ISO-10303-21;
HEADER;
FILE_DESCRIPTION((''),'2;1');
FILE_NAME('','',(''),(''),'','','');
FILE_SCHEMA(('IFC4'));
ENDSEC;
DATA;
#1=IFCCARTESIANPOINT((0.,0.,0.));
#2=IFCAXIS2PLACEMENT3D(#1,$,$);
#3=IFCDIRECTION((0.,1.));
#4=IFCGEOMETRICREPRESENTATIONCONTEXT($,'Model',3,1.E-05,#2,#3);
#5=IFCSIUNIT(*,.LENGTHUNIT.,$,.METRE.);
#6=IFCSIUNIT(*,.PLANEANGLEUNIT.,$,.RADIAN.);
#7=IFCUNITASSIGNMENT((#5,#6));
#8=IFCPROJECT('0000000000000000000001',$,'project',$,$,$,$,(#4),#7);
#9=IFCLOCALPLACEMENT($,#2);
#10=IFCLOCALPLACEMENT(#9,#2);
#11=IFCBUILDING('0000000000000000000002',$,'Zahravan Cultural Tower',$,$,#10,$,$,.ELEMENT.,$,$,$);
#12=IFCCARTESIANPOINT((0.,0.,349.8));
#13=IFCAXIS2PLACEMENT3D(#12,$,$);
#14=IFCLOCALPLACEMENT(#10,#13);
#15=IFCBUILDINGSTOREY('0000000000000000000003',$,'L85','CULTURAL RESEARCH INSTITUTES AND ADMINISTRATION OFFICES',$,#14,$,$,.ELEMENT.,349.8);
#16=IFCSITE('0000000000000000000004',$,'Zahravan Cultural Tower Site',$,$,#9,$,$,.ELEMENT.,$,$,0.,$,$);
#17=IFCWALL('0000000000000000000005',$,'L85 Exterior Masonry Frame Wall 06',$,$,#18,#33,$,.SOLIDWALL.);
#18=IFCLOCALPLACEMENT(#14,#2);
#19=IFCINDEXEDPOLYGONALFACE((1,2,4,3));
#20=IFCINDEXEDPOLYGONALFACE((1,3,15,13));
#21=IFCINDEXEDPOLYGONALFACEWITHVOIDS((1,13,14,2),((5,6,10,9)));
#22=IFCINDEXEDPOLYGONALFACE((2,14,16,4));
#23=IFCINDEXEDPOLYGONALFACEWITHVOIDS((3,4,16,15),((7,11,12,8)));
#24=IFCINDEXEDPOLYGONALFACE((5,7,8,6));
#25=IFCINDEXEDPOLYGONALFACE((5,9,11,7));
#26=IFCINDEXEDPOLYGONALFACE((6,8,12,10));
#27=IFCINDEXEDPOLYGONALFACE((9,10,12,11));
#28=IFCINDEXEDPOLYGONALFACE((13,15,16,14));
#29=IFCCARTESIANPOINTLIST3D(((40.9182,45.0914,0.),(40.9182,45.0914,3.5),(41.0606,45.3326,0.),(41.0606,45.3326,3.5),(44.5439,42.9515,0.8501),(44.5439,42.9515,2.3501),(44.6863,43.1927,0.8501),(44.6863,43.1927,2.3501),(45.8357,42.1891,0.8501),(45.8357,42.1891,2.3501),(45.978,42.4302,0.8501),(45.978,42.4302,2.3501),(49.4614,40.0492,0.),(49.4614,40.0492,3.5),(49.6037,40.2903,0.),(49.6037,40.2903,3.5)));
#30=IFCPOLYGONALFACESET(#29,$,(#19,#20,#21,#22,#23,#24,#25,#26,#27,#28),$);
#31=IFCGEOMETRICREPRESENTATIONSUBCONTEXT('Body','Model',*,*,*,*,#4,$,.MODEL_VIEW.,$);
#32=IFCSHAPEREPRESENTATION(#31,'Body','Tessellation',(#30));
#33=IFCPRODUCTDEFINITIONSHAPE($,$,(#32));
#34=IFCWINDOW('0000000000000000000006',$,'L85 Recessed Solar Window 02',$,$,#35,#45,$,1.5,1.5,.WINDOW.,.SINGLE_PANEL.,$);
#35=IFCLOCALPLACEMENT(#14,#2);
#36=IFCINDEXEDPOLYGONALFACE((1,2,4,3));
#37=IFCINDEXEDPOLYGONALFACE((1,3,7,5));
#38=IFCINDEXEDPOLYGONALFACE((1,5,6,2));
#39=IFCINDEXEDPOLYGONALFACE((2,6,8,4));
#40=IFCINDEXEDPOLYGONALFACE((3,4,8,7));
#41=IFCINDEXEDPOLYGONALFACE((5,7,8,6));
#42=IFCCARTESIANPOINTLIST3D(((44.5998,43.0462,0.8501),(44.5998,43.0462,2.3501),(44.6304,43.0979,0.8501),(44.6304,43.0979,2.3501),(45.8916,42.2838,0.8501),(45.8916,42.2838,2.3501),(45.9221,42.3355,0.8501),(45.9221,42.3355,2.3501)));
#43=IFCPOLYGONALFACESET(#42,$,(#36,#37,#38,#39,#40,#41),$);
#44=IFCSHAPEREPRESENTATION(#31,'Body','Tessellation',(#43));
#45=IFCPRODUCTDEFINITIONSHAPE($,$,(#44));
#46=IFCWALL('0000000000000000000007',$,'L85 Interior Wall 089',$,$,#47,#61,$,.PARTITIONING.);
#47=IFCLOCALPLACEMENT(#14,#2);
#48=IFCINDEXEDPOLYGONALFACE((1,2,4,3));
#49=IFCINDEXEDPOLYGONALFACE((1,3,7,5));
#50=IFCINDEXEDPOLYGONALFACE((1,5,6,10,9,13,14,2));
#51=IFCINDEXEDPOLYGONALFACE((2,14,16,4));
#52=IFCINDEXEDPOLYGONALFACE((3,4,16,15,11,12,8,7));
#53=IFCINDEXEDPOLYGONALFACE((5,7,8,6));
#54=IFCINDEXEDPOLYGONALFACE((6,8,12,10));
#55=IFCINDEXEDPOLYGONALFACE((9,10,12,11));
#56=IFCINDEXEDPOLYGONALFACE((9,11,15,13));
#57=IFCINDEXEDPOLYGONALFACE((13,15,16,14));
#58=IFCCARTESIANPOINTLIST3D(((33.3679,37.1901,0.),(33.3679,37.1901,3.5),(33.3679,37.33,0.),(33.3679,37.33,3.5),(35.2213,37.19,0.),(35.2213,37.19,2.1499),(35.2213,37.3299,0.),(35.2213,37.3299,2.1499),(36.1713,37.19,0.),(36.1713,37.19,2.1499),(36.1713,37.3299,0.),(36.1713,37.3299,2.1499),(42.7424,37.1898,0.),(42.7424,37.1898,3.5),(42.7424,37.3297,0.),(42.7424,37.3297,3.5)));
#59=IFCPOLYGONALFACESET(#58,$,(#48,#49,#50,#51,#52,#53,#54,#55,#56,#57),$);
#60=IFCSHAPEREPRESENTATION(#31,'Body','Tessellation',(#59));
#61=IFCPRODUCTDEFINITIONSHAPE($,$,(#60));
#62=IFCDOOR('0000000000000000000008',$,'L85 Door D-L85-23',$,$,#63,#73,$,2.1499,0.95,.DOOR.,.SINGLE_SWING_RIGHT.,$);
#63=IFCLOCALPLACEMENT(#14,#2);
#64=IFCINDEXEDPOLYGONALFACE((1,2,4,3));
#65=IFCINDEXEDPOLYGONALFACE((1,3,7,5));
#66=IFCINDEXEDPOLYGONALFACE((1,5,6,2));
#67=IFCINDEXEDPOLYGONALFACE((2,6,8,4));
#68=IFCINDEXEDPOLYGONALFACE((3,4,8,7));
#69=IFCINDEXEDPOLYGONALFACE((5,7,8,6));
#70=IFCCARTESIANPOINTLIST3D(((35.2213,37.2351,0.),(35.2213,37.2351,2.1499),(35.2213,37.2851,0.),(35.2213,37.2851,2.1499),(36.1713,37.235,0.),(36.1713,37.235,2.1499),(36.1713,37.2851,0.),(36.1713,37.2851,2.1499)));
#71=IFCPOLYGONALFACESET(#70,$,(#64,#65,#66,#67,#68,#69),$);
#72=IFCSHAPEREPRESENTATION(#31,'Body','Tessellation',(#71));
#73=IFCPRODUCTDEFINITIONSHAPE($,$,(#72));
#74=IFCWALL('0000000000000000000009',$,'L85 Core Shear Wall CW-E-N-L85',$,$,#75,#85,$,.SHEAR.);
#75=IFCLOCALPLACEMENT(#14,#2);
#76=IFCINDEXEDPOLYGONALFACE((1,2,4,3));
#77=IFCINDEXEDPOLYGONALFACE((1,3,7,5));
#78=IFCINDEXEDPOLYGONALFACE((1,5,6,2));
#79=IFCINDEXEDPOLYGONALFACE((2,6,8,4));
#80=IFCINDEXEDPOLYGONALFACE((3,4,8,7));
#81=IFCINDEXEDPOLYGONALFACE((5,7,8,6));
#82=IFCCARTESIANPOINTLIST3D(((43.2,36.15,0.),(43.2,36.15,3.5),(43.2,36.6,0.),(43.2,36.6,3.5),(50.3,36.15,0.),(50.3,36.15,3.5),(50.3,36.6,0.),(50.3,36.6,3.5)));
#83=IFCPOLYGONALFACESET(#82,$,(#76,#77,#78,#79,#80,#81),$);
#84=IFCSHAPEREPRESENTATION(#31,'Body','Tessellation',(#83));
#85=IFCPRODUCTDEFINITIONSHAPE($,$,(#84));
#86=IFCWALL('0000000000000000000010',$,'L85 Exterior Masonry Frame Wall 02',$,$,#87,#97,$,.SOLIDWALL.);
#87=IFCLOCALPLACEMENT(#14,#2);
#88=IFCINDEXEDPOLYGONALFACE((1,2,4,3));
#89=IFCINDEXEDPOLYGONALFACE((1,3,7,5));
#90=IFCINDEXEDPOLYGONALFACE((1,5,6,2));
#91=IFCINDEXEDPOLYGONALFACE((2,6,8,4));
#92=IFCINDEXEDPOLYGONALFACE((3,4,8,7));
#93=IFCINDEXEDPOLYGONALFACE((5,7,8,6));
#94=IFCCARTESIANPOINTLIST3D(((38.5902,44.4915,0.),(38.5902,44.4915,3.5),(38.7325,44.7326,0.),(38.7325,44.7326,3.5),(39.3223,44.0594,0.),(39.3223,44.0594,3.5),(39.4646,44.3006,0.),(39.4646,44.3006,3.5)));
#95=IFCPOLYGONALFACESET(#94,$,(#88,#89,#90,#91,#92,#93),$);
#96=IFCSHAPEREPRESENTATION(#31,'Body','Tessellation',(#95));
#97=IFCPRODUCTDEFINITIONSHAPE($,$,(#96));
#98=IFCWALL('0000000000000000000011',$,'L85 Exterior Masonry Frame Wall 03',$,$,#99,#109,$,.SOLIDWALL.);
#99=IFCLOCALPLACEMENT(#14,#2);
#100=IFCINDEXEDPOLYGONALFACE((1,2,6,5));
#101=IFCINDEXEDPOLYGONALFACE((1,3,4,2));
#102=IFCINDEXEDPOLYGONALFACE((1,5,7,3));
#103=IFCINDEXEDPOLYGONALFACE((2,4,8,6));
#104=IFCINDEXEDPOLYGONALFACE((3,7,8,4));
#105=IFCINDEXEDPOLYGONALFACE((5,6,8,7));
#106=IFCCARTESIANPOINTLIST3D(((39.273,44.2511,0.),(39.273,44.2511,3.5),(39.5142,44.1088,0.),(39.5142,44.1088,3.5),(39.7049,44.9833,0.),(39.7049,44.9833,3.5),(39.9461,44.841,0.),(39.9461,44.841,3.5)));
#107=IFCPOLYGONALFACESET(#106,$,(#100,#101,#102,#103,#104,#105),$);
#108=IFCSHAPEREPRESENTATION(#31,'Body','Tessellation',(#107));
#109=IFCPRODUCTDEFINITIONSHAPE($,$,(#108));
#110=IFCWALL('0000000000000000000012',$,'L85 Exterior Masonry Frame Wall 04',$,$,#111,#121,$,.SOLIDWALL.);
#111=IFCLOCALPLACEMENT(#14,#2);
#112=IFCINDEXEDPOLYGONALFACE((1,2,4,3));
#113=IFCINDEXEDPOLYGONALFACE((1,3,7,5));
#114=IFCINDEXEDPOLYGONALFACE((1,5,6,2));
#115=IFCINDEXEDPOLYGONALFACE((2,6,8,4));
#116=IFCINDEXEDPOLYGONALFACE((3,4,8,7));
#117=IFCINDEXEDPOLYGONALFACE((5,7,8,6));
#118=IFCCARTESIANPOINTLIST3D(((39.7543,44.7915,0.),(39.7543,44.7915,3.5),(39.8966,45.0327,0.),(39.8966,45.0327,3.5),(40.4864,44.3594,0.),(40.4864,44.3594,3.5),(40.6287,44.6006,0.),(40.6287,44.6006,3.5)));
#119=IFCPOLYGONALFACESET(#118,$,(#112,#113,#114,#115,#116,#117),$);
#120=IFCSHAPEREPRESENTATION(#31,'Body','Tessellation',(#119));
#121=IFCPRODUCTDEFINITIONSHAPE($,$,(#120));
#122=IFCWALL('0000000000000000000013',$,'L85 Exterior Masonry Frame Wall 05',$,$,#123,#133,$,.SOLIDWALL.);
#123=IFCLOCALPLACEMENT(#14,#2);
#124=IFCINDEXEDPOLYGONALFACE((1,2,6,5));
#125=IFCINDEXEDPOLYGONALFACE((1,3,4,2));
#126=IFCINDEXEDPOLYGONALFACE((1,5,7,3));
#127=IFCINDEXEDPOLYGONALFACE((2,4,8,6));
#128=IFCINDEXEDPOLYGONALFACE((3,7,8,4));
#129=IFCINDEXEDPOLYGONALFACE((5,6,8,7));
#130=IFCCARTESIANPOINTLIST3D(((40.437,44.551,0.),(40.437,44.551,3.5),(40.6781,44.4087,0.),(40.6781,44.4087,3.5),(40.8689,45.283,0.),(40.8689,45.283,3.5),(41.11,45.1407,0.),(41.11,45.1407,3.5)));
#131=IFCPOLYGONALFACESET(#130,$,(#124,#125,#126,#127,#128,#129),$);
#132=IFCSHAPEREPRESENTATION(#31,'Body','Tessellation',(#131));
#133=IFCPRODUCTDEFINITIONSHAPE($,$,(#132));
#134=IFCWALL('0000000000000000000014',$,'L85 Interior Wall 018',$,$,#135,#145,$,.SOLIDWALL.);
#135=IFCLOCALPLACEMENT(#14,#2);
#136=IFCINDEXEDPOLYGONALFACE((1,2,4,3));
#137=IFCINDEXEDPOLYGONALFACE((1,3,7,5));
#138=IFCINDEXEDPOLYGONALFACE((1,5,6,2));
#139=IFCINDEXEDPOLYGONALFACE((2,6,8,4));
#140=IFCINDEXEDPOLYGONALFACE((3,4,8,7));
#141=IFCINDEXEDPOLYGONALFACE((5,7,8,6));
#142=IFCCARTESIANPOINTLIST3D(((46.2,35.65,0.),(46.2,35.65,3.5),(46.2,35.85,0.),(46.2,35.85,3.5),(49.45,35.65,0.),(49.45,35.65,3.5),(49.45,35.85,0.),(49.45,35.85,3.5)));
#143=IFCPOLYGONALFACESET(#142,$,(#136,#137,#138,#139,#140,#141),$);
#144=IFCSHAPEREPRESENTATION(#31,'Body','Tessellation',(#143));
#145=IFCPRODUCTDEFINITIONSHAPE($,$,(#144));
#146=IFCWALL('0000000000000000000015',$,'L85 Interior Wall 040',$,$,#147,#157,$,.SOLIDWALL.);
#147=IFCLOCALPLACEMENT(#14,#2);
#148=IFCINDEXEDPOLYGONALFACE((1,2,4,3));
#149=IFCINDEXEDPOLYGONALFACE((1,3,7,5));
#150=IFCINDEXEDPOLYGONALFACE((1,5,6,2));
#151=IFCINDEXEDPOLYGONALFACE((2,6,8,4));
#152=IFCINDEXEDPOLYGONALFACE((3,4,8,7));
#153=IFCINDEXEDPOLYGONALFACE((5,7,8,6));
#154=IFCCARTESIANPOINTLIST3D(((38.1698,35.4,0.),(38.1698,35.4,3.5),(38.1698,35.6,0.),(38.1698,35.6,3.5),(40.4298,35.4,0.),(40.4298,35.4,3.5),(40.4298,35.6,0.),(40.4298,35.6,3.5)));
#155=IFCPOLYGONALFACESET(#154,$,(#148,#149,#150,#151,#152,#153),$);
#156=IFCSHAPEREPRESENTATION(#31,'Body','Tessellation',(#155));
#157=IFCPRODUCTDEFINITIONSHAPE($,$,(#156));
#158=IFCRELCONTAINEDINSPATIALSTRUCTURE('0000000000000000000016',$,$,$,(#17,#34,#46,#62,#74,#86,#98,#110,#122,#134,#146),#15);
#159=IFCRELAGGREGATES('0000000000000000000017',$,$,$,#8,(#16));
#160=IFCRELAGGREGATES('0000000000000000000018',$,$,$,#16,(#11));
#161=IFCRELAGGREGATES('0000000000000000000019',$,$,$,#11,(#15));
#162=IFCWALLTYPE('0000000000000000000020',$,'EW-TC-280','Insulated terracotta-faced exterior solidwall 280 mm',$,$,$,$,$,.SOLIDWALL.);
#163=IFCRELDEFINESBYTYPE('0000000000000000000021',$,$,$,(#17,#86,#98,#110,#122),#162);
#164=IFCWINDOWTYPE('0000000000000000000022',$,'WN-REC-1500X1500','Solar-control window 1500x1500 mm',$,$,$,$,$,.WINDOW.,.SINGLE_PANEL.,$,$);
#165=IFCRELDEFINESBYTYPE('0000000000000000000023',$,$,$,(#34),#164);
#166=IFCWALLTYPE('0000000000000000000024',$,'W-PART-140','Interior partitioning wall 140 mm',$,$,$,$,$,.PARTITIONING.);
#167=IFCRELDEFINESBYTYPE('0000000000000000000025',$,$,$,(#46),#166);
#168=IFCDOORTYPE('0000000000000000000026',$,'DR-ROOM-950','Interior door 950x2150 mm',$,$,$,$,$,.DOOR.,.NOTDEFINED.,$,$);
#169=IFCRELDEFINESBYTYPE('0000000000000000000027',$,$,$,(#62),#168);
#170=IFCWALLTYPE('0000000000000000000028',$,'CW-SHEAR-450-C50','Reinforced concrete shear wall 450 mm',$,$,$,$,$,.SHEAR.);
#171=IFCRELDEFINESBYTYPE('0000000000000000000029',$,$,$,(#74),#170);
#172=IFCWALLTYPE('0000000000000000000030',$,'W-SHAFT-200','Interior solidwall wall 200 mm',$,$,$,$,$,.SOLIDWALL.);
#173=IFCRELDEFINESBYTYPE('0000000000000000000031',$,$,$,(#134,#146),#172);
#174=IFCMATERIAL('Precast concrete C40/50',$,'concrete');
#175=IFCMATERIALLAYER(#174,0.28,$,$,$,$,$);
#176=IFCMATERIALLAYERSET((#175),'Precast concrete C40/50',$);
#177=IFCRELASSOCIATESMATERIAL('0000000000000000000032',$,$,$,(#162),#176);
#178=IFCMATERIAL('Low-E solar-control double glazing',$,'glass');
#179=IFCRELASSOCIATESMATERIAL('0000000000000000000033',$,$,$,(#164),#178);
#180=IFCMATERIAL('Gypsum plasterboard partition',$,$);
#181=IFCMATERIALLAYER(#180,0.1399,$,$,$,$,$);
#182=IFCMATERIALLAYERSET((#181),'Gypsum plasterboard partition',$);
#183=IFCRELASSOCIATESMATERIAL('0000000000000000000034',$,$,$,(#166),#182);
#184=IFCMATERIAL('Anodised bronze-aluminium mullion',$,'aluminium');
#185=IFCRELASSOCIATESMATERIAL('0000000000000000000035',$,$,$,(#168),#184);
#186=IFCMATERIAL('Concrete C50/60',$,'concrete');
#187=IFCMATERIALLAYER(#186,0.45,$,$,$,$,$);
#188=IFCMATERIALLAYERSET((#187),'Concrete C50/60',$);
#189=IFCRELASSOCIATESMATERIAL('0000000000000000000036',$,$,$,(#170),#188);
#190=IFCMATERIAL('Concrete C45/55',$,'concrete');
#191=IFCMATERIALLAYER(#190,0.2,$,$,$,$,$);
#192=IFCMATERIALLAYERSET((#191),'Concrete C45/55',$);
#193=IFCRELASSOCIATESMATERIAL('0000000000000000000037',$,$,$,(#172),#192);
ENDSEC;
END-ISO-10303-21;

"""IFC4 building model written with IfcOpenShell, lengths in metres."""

from ifc_helpers import new_model, si_unit, direction, frame, frame_2d, origin, place, context, subcontext, project, spatial, rectangle, extrude, source, transform, mapped, material, layer, layer_set, type_object, element, fill, save


model = new_model("IFC4")

# Units and contexts
model_context = context("Model", 3, precision=1e-05, world=origin(), true_north=direction((0.0, 1.0)))
body_context = subcontext(model_context, "Body", "Model", "MODEL_VIEW")
ifc_project = project(units=[si_unit("LENGTHUNIT", "METRE"), si_unit("PLANEANGLEUNIT", "RADIAN")], contexts=[model_context])

# Site, building, storey
site_placement = place(None, origin())
site = spatial("IfcSite", under=ifc_project, at=site_placement, Name="Zahravan Cultural Tower Site", CompositionType="ELEMENT", RefElevation=0.0)
building_placement = place(site_placement, origin())
building = spatial("IfcBuilding", under=site, at=building_placement, Name="Zahravan Cultural Tower", CompositionType="ELEMENT")
storey_placement = place(building_placement, frame((0.0, 0.0, 349.8)))
storey = spatial("IfcBuildingStorey", under=building, at=storey_placement, Name="L85", Description="CULTURAL RESEARCH INSTITUTES AND ADMINISTRATION OFFICES", CompositionType="ELEMENT", Elevation=349.8)

# Shared definitions
ifc_material_1 = material(Name="Concrete C50/60", Category="concrete")

# Wall, opening, window
ifc_material_2 = material(Name="Precast concrete C40/50", Category="concrete")
ifc_layer_1 = layer(ifc_material_2, 0.28)
ifc_layer_set_1 = layer_set([ifc_layer_1], Name="Precast concrete C40/50")
wall_type_1 = type_object("IfcWallType", Name="EW-TC-280", Description="Insulated terracotta-faced exterior solidwall 280 mm", PredefinedType="SOLIDWALL", material=ifc_layer_set_1)
wall_1_placement = place(storey_placement, frame((40.9895, 45.2119, 0.0), z_axis=(0.0, 0.0, 1.0), x_axis=(0.861192, -0.508279, 0.0)))
wall_1 = element("IfcWall", 1, at=wall_1_placement, inside=storey, type_object=wall_type_1, Name="L85 Exterior Masonry Frame Wall 06", PredefinedType="SOLIDWALL", context=body_context, shape_type="SweptSolid", body=[
    extrude(rectangle(XDim=9.9202, YDim=0.28, at=frame_2d((4.96, 0.0))), origin(), (0.0, 0.0, 1.0), 3.5),
])
opening_1_placement = place(wall_1_placement, frame((4.21, 0.0, 0.8501)))
opening_1 = element("IfcOpeningElement", 2, at=opening_1_placement, cuts=wall_1, PredefinedType="OPENING", context=body_context, shape_type="SweptSolid", body=[
    extrude(rectangle(XDim=1.5, YDim=1.5, at=frame_2d((0.75, 0.75))), frame((0.0, 0.1499, 0.0), z_axis=(0.0, -1.0, 0.0), x_axis=(1.0, 0.0, 0.0)), (0.0, 0.0, 1.0), 0.3),
])
ifc_material_3 = material(Name="Low-E solar-control double glazing", Category="glass")
window_type = type_object("IfcWindowType", Name="WN-REC-1500X1500", Description="Solar-control window 1500x1500 mm", PartitioningType="SINGLE_PANEL", PredefinedType="WINDOW", material=ifc_material_3)
shared_shape_1 = source(origin(), body_context, "Body", "SweptSolid", [
    extrude(rectangle(XDim=1.5, YDim=1.5, at=frame_2d((0.75, 0.75))), frame((0.0, 0.03, 0.0), z_axis=(0.0, -1.0, 0.0), x_axis=(1.0, 0.0, 0.0)), (0.0, 0.0, 1.0), 0.0601),
])
window_placement = place(opening_1_placement, origin())
window = element("IfcWindow", 3, at=window_placement, inside=storey, type_object=window_type, Name="L85 Recessed Solar Window 02", OverallHeight=1.5, OverallWidth=1.5, PartitioningType="SINGLE_PANEL", PredefinedType="WINDOW", context=body_context, shape_type="MappedRepresentation", body=[
    mapped(shared_shape_1, transform((0.0, 0.0, 0.0), x_axis=(1.0, 0.0, 0.0), y_axis=(0.0, 1.0, 0.0), z_axis=(0.0, 0.0, 1.0), scale=1.0)),
])
fill(opening_1, window)

# Wall, opening, door
ifc_material_4 = material(Name="Gypsum plasterboard partition")
ifc_layer_2 = layer(ifc_material_4, 0.1399)
ifc_layer_set_2 = layer_set([ifc_layer_2], Name="Gypsum plasterboard partition")
wall_type_2 = type_object("IfcWallType", Name="W-PART-140", Description="Interior partitioning wall 140 mm", PredefinedType="PARTITIONING", material=ifc_layer_set_2)
wall_2_placement = place(storey_placement, frame((42.7424, 37.2598, 0.0), z_axis=(0.0, 0.0, 1.0), x_axis=(-1.0, 0.000026, 0.0)))
wall_2 = element("IfcWall", 4, at=wall_2_placement, inside=storey, type_object=wall_type_2, Name="L85 Interior Wall 089", PredefinedType="PARTITIONING", context=body_context, shape_type="SweptSolid", body=[
    extrude(rectangle(XDim=9.3745, YDim=0.1399, at=frame_2d((4.6873, 0.0))), origin(), (0.0, 0.0, 1.0), 3.5),
])
opening_2_placement = place(wall_2_placement, frame((6.571, 0.0, 0.0)))
opening_2 = element("IfcOpeningElement", 5, at=opening_2_placement, cuts=wall_2, PredefinedType="OPENING", context=body_context, shape_type="SweptSolid", body=[
    extrude(rectangle(XDim=0.95, YDim=2.1499, at=frame_2d((0.4751, 1.075))), frame((0.0, 0.0798, 0.0), z_axis=(0.0, -1.0, 0.0), x_axis=(1.0, 0.0, 0.0)), (0.0, 0.0, 1.0), 0.1599),
])
ifc_material_5 = material(Name="Anodised bronze-aluminium mullion", Category="aluminium")
door_type = type_object("IfcDoorType", Name="DR-ROOM-950", Description="Interior door 950x2150 mm", OperationType="NOTDEFINED", PredefinedType="DOOR", material=ifc_material_5)
shared_shape_2 = source(origin(), body_context, "Body", "SweptSolid", [
    extrude(rectangle(XDim=0.95, YDim=2.1499, at=frame_2d((0.4751, 1.075))), frame((0.0, 0.0249, 0.0), z_axis=(0.0, -1.0, 0.0), x_axis=(1.0, 0.0, 0.0)), (0.0, 0.0, 1.0), 0.05),
])
door_placement = place(opening_2_placement, origin())
door = element("IfcDoor", 6, at=door_placement, inside=storey, type_object=door_type, Name="L85 Door D-L85-23", OperationType="SINGLE_SWING_RIGHT", OverallHeight=2.1499, OverallWidth=0.95, PredefinedType="DOOR", context=body_context, shape_type="MappedRepresentation", body=[
    mapped(shared_shape_2, transform((0.0, 0.0, 0.0), x_axis=(1.0, 0.0, 0.0), y_axis=(0.0, 1.0, 0.0), z_axis=(0.0, 0.0, 1.0), scale=1.0)),
])
fill(opening_2, door)

# Walls
ifc_layer_3 = layer(ifc_material_1, 0.45)
ifc_layer_set_3 = layer_set([ifc_layer_3], Name="Concrete C50/60")
wall_type_3 = type_object("IfcWallType", Name="CW-SHEAR-450-C50", Description="Reinforced concrete shear wall 450 mm", PredefinedType="SHEAR", material=ifc_layer_set_3)
shared_shape_3 = source(origin(), body_context, "Body", "SweptSolid", [
    extrude(rectangle(XDim=7.1001, YDim=0.45, at=frame_2d((3.55, 0.0))), origin(), (0.0, 0.0, 1.0), 3.5),
])
wall_3_placement = place(storey_placement, frame((43.2, 36.375, 0.0), z_axis=(0.0, 0.0, 1.0), x_axis=(1.0, 0.0, 0.0)))
element("IfcWall", 7, at=wall_3_placement, inside=storey, type_object=wall_type_3, Name="L85 Core Shear Wall CW-E-N-L85", PredefinedType="SHEAR", context=body_context, shape_type="MappedRepresentation", body=[
    mapped(shared_shape_3, transform((0.0, 0.0, 0.0), x_axis=(1.0, 0.0, 0.0), y_axis=(0.0, 1.0, 0.0), z_axis=(0.0, 0.0, 1.0), scale=1.0)),
])
shared_shape_4 = source(origin(), body_context, "Body", "SweptSolid", [
    extrude(rectangle(XDim=0.8501, YDim=0.28, at=frame_2d((0.425, 0.0))), origin(), (0.0, 0.0, 1.0), 3.5),
])
for number, where, z_axis, x_axis, name in (
    (8, (38.6614, 44.6121, 0.0), (0.0, 0.0, 1.0), (0.861195, -0.508275, 0.0), "L85 Exterior Masonry Frame Wall 02"),
    (9, (39.3936, 44.1799, 0.0), (0.0, 0.0, 1.0), (0.508062, 0.861321, 0.0), "L85 Exterior Masonry Frame Wall 03"),
    (10, (39.8254, 44.9121, 0.0), (0.0, 0.0, 1.0), (0.861195, -0.508275, 0.0), "L85 Exterior Masonry Frame Wall 04"),
):
    element("IfcWall", number, at=place(storey_placement, frame(where, z_axis=z_axis, x_axis=x_axis)), inside=storey, type_object=wall_type_1, Name=name, PredefinedType="SOLIDWALL", context=body_context, shape_type="MappedRepresentation", body=[
        mapped(shared_shape_4, transform((0.0, 0.0, 0.0), x_axis=(1.0, 0.0, 0.0), y_axis=(0.0, 1.0, 0.0), z_axis=(0.0, 0.0, 1.0), scale=1.0)),
    ])
shared_shape_5 = source(origin(), body_context, "Body", "SweptSolid", [
    extrude(rectangle(XDim=0.8499, YDim=0.28, at=frame_2d((0.4248, 0.0))), origin(), (0.0, 0.0, 1.0), 3.5),
])
wall_4_placement = place(storey_placement, frame((40.5576, 44.48, 0.0), z_axis=(0.0, 0.0, 1.0), x_axis=(0.508187, 0.861247, 0.0)))
element("IfcWall", 11, at=wall_4_placement, inside=storey, type_object=wall_type_1, Name="L85 Exterior Masonry Frame Wall 05", PredefinedType="SOLIDWALL", context=body_context, shape_type="MappedRepresentation", body=[
    mapped(shared_shape_5, transform((0.0, 0.0, 0.0), x_axis=(1.0, 0.0, 0.0), y_axis=(0.0, 1.0, 0.0), z_axis=(0.0, 0.0, 1.0), scale=1.0)),
])
ifc_material_6 = material(Name="Concrete C45/55", Category="concrete")
ifc_layer_4 = layer(ifc_material_6, 0.2)
ifc_layer_set_4 = layer_set([ifc_layer_4], Name="Concrete C45/55")
wall_type_4 = type_object("IfcWallType", Name="W-SHAFT-200", Description="Interior solidwall wall 200 mm", PredefinedType="SOLIDWALL", material=ifc_layer_set_4)
shared_shape_6 = source(origin(), body_context, "Body", "SweptSolid", [
    extrude(rectangle(XDim=3.25, YDim=0.2, at=frame_2d((1.625, 0.0))), origin(), (0.0, 0.0, 1.0), 3.5),
])
wall_5_placement = place(storey_placement, frame((46.2, 35.75, 0.0), z_axis=(0.0, 0.0, 1.0), x_axis=(1.0, 0.0, 0.0)))
element("IfcWall", 12, at=wall_5_placement, inside=storey, type_object=wall_type_4, Name="L85 Interior Wall 018", PredefinedType="SOLIDWALL", context=body_context, shape_type="MappedRepresentation", body=[
    mapped(shared_shape_6, transform((0.0, 0.0, 0.0), x_axis=(1.0, 0.0, 0.0), y_axis=(0.0, 1.0, 0.0), z_axis=(0.0, 0.0, 1.0), scale=1.0)),
])
shared_shape_7 = source(origin(), body_context, "Body", "SweptSolid", [
    extrude(rectangle(XDim=2.26, YDim=0.2, at=frame_2d((1.1299, 0.0))), origin(), (0.0, 0.0, 1.0), 3.5),
])
wall_6_placement = place(storey_placement, frame((38.1699, 35.5, 0.0), z_axis=(0.0, 0.0, 1.0), x_axis=(1.0, 0.0, 0.0)))
element("IfcWall", 13, at=wall_6_placement, inside=storey, type_object=wall_type_4, Name="L85 Interior Wall 040", PredefinedType="SOLIDWALL", context=body_context, shape_type="MappedRepresentation", body=[
    mapped(shared_shape_7, transform((0.0, 0.0, 0.0), x_axis=(1.0, 0.0, 0.0), y_axis=(0.0, 1.0, 0.0), z_axis=(0.0, 0.0, 1.0), scale=1.0)),
])

save(model, "model.ifc")
